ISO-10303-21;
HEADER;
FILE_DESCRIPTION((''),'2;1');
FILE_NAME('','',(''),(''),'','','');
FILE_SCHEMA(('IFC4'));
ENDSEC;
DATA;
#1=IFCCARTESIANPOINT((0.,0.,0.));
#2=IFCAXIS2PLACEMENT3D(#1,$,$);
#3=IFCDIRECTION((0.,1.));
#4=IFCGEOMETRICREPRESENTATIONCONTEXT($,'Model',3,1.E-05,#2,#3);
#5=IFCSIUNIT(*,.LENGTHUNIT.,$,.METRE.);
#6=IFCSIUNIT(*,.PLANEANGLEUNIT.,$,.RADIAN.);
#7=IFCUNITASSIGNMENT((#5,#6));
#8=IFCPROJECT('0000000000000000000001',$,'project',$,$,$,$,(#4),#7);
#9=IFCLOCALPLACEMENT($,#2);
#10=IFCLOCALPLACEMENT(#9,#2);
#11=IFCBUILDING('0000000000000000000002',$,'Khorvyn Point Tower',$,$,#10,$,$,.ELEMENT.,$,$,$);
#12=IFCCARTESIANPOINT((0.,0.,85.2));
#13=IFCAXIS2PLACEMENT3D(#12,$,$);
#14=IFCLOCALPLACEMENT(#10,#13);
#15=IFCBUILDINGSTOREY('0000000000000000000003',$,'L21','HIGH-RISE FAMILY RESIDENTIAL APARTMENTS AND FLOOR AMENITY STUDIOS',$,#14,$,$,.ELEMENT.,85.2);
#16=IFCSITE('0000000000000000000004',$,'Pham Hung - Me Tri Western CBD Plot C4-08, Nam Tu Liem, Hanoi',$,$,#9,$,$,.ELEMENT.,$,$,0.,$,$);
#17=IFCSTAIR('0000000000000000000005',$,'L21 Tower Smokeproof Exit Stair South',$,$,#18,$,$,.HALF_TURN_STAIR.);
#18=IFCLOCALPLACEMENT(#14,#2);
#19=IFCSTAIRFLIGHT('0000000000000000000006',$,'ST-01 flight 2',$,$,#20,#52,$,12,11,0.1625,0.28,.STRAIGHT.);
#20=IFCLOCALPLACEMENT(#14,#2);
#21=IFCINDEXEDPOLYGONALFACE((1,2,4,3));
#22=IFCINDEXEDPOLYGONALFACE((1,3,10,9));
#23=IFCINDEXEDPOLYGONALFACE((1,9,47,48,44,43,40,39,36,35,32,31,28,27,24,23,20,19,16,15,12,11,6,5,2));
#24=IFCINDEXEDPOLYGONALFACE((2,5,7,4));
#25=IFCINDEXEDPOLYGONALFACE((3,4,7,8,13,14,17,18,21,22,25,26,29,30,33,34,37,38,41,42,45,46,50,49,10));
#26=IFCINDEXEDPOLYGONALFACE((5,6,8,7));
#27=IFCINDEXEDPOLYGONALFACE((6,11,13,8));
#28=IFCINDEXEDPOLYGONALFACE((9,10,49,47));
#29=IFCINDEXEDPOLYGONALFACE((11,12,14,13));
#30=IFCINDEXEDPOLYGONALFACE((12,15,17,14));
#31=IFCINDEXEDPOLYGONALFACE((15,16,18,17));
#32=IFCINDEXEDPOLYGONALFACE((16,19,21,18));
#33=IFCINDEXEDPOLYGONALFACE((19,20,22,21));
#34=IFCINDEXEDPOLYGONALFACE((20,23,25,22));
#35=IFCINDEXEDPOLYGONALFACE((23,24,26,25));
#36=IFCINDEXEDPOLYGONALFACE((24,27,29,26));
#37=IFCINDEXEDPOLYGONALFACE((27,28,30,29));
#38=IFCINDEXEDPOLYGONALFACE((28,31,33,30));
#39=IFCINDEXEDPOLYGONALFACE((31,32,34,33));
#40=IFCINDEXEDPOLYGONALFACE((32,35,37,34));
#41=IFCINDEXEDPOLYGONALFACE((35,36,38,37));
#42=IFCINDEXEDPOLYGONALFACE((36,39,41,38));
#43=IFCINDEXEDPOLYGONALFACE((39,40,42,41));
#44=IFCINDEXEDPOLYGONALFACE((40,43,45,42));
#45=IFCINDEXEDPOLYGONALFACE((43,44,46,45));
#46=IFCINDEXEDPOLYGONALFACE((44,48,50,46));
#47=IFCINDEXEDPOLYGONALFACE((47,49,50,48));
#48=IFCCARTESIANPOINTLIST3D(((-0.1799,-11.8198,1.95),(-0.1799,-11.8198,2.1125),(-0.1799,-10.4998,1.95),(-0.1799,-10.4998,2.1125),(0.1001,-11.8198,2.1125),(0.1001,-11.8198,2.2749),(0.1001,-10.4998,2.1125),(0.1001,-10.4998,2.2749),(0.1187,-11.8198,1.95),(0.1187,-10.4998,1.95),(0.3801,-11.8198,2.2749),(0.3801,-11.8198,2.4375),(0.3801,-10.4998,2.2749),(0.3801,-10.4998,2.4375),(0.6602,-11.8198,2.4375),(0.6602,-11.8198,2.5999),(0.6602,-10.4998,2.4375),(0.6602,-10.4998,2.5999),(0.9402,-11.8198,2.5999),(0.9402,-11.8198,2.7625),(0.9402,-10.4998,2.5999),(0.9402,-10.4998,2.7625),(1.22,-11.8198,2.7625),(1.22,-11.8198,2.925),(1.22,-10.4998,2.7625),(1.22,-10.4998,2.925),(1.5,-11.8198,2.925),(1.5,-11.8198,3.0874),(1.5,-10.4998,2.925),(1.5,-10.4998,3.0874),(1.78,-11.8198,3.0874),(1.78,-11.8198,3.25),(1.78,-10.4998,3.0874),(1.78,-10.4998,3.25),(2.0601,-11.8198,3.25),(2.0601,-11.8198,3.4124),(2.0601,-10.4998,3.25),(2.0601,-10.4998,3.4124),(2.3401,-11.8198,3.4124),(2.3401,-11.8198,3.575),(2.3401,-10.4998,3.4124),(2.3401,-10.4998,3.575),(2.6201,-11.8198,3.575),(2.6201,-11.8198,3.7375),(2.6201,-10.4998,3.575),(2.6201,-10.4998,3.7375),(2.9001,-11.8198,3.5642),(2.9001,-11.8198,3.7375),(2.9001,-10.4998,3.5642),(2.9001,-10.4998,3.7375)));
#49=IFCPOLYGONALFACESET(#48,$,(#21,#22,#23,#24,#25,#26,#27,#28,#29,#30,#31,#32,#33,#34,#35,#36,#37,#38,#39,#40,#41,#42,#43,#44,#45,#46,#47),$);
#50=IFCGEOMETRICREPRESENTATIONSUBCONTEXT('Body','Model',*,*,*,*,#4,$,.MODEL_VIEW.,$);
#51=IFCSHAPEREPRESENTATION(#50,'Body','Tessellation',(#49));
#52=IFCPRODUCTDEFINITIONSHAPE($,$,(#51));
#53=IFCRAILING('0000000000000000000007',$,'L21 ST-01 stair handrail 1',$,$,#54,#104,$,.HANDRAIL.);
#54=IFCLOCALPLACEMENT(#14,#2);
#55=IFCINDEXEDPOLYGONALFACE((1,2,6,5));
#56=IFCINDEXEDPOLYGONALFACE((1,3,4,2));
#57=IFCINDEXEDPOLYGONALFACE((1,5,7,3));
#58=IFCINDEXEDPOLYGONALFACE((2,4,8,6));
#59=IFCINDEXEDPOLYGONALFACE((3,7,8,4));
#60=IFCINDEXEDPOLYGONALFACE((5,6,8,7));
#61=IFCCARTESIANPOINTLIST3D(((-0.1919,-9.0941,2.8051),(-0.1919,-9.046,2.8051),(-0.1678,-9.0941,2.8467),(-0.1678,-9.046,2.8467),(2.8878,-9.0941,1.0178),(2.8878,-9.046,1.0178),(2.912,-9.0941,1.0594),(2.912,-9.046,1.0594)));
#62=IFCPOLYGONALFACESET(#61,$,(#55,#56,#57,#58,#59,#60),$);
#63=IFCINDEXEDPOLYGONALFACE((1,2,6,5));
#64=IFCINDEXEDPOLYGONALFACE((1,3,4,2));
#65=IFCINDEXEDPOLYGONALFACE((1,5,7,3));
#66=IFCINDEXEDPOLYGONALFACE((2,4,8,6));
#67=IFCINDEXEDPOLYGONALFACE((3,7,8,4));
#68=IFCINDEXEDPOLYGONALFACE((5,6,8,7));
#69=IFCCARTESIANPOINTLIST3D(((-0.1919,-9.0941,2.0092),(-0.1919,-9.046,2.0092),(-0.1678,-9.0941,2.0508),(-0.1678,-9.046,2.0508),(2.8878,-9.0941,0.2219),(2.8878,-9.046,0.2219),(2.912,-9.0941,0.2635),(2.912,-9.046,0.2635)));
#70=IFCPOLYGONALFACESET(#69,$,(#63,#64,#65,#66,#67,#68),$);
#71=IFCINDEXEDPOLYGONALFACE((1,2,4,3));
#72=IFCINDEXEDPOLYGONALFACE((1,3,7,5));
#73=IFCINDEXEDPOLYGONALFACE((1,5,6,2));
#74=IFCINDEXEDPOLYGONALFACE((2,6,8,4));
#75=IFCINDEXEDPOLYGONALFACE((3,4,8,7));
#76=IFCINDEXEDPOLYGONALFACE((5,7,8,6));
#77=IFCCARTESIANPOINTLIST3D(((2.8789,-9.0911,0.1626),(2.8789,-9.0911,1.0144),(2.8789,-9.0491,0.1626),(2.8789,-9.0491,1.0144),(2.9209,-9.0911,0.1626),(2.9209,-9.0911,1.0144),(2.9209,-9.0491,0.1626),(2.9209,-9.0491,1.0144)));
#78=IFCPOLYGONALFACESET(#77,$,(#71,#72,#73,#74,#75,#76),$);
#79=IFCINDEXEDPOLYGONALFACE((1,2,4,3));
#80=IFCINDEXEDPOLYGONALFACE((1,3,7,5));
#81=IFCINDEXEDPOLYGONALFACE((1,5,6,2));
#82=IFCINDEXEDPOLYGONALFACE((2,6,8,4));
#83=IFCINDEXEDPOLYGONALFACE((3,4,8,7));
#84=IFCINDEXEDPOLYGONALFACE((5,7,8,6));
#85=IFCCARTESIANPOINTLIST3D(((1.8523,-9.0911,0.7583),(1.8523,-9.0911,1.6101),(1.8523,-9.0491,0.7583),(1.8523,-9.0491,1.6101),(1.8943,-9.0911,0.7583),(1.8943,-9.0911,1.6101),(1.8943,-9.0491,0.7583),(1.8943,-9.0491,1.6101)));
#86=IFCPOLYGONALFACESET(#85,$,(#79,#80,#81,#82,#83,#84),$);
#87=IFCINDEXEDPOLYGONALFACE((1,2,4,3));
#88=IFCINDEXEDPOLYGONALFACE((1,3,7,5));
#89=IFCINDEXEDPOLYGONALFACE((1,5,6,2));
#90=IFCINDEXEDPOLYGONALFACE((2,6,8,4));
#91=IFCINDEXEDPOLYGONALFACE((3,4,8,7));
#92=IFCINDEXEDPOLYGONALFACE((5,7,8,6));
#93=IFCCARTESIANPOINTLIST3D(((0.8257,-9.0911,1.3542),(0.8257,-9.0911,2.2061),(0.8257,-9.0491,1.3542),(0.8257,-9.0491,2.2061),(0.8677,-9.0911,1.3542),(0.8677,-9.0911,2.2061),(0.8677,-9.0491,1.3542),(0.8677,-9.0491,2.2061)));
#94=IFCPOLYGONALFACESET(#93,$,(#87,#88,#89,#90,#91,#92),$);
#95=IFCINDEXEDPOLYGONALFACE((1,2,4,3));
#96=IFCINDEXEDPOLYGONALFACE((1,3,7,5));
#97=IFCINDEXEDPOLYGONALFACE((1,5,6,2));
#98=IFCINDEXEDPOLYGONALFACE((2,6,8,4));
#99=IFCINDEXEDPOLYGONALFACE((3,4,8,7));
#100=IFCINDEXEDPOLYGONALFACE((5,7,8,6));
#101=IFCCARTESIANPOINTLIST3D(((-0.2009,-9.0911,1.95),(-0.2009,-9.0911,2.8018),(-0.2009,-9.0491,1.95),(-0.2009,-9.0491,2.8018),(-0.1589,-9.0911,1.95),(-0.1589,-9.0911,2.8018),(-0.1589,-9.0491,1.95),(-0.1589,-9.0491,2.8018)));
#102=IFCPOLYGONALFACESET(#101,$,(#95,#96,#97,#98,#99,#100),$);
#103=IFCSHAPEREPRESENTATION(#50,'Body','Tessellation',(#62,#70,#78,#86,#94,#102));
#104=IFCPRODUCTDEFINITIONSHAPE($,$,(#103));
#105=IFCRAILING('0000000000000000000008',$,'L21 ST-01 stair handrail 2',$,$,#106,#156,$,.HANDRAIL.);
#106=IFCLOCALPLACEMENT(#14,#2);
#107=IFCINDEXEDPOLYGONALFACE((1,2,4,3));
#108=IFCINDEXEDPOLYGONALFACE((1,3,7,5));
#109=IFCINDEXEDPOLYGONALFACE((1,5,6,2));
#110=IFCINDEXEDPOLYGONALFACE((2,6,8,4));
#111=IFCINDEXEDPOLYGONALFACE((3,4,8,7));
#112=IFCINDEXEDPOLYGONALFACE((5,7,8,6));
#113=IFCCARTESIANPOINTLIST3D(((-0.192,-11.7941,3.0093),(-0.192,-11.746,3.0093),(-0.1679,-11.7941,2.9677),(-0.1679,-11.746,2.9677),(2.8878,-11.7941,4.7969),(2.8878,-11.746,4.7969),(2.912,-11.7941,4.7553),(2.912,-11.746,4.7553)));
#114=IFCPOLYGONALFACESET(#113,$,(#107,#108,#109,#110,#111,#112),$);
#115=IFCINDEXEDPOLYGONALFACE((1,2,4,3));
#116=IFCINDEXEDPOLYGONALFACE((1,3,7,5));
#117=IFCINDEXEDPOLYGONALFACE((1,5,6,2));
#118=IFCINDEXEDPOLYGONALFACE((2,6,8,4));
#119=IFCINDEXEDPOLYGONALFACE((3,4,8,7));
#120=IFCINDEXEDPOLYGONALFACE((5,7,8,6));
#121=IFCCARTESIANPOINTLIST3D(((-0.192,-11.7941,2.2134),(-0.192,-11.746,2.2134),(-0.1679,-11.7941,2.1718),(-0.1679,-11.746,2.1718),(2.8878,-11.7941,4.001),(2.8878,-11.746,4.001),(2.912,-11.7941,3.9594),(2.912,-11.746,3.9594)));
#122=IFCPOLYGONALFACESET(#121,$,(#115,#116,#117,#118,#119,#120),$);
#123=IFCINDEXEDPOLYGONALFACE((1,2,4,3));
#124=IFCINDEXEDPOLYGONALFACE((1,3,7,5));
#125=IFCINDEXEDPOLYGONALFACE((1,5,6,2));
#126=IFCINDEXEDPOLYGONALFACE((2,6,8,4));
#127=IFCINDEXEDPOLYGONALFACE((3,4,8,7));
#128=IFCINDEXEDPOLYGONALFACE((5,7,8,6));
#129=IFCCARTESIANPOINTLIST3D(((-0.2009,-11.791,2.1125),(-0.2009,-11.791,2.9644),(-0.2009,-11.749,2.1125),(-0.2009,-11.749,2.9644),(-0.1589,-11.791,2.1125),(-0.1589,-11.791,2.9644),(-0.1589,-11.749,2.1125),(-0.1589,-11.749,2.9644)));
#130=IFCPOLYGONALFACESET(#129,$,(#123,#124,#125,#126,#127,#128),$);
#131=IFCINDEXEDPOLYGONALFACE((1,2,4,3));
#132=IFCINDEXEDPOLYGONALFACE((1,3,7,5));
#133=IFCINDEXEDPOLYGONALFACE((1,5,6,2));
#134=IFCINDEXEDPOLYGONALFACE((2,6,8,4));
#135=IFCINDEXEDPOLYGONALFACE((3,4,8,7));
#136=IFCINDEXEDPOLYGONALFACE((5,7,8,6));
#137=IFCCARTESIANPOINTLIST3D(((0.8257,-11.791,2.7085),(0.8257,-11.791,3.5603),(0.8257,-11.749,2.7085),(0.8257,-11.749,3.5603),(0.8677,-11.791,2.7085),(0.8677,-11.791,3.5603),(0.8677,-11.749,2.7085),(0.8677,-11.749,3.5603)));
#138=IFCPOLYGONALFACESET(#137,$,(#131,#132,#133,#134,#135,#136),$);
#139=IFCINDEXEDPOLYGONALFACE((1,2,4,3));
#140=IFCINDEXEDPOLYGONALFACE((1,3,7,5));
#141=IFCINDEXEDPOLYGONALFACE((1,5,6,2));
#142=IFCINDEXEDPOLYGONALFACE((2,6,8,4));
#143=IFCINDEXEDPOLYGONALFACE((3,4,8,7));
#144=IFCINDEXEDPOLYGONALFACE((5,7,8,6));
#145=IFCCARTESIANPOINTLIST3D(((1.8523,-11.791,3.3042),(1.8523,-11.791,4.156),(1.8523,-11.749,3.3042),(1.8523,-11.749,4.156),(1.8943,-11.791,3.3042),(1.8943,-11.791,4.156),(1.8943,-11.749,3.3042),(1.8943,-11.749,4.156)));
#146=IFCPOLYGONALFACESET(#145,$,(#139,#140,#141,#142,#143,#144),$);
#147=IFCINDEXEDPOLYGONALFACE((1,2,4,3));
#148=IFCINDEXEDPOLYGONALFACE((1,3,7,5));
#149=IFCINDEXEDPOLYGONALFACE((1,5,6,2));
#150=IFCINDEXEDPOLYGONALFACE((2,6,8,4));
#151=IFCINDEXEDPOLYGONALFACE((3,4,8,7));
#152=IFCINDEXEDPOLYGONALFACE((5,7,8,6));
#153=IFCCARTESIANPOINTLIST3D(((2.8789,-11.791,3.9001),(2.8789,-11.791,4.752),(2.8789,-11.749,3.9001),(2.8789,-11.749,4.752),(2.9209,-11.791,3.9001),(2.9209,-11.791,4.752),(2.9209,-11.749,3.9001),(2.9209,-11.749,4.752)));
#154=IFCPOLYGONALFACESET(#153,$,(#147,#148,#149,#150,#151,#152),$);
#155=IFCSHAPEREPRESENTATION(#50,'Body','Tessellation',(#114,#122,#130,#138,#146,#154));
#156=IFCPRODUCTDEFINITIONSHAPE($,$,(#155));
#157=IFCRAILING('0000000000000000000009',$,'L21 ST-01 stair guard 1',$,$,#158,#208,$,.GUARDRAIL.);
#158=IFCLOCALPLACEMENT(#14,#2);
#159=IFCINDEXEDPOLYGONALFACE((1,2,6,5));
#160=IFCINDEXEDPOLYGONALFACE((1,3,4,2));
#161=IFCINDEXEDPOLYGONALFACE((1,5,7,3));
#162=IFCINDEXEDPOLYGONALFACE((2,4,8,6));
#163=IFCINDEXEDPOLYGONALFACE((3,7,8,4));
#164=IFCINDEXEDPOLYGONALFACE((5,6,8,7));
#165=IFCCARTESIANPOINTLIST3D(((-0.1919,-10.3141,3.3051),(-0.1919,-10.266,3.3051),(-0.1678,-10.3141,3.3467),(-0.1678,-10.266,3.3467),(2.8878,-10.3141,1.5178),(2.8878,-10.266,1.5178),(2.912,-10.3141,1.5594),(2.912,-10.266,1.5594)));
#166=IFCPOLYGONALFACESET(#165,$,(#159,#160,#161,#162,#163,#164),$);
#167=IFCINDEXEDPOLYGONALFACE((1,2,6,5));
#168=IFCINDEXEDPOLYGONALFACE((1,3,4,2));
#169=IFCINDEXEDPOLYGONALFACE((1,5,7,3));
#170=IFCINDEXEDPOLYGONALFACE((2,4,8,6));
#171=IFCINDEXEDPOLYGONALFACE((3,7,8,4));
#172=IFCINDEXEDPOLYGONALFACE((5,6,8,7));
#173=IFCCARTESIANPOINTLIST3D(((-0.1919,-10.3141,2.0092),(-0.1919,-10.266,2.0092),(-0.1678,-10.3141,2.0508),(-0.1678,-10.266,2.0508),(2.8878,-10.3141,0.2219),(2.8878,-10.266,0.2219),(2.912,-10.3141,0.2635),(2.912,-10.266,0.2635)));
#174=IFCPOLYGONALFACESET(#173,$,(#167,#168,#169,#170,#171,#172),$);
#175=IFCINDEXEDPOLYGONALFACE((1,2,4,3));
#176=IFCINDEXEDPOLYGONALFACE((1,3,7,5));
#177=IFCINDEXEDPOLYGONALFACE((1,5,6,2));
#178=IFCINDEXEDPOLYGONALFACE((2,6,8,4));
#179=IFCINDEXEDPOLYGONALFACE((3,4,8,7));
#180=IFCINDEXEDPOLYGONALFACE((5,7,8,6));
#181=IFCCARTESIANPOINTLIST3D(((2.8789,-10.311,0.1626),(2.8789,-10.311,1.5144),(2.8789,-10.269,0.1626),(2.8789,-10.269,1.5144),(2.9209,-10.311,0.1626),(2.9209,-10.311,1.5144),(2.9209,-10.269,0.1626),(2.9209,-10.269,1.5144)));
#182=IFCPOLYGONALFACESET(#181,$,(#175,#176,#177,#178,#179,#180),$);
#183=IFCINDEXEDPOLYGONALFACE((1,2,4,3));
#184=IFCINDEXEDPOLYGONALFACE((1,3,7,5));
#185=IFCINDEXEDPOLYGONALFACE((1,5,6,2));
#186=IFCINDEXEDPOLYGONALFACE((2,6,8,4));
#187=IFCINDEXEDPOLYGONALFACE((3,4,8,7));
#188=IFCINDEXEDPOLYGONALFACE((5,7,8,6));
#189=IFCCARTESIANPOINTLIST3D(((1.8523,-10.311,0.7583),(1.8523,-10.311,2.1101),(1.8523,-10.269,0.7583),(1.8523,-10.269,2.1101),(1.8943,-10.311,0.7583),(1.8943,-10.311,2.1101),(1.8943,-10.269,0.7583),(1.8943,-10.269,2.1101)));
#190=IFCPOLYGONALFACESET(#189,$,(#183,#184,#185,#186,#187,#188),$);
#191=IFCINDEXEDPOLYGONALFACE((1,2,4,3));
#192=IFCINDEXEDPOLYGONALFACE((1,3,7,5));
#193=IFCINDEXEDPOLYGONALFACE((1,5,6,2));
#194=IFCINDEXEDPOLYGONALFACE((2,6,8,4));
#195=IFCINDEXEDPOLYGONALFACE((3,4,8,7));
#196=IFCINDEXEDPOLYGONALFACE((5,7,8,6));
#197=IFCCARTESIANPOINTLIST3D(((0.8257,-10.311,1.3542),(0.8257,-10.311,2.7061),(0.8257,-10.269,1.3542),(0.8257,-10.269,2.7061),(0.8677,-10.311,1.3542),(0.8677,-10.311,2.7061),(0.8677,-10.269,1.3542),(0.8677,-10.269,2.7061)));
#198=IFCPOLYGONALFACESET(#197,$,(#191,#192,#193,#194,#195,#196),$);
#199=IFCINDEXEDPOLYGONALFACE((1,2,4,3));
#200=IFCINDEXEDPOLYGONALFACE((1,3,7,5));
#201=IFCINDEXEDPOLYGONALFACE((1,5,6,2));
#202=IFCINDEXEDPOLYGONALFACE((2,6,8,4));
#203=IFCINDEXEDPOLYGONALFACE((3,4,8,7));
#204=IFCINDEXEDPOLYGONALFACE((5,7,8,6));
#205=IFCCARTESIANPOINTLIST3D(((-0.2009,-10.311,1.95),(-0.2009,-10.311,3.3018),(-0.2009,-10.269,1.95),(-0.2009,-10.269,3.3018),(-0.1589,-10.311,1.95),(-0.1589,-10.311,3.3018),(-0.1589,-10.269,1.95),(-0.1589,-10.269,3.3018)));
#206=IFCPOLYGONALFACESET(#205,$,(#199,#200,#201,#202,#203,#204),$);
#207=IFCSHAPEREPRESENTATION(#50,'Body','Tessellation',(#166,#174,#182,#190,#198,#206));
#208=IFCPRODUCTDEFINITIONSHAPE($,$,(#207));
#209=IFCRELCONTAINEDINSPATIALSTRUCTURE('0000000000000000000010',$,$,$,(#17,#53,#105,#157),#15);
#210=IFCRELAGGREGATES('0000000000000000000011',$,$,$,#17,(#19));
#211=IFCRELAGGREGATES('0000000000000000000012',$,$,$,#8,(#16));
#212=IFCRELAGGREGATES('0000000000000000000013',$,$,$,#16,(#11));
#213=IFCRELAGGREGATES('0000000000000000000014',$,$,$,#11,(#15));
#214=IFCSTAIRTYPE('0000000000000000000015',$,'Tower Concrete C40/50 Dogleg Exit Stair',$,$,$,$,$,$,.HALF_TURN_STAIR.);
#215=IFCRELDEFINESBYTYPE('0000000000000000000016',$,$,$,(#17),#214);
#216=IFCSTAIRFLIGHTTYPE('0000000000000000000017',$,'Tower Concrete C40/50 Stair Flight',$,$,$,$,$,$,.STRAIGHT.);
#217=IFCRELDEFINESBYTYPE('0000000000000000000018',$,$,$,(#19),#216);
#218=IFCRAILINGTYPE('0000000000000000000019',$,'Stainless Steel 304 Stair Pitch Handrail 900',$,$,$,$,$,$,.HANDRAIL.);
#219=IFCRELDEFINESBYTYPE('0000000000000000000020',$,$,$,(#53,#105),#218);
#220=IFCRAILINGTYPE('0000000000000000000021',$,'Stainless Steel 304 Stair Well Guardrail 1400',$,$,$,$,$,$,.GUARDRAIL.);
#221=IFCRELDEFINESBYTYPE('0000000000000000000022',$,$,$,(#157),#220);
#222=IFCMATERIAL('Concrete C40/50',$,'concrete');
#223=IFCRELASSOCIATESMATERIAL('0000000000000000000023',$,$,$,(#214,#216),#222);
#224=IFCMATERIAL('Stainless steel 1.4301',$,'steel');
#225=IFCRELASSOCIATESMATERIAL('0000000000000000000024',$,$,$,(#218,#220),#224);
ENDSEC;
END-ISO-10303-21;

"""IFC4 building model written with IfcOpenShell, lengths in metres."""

from ifc_helpers import new_model, si_unit, direction, frame, origin, origin_2d, place, context, subcontext, project, spatial, polyline, rectangle, outline, extrude, material, type_object, element, aggregate, save


model = new_model("IFC4")

# Units and contexts
model_context = context("Model", 3, precision=1e-05, world=origin(), true_north=direction((0.0, 1.0)))
body_context = subcontext(model_context, "Body", "Model", "MODEL_VIEW")
ifc_project = project(units=[si_unit("LENGTHUNIT", "METRE"), si_unit("PLANEANGLEUNIT", "RADIAN")], contexts=[model_context])

# Site, building, storey
site_placement = place(None, origin())
site = spatial("IfcSite", under=ifc_project, at=site_placement, Name="Pham Hung - Me Tri Western CBD Plot C4-08, Nam Tu Liem, Hanoi", CompositionType="ELEMENT", RefElevation=0.0)
building_placement = place(site_placement, origin())
building = spatial("IfcBuilding", under=site, at=building_placement, Name="Khorvyn Point Tower", CompositionType="ELEMENT")
storey_placement = place(building_placement, frame((0.0, 0.0, 85.2)))
storey = spatial("IfcBuildingStorey", under=building, at=storey_placement, Name="L21", Description="HIGH-RISE FAMILY RESIDENTIAL APARTMENTS AND FLOOR AMENITY STUDIOS", CompositionType="ELEMENT", Elevation=85.2)

# Shared definitions
ifc_material_1 = material(Name="Concrete C40/50", Category="concrete")

# Stair, stair flight
stair_type = type_object("IfcStairType", Name="Tower Concrete C40/50 Dogleg Exit Stair", PredefinedType="HALF_TURN_STAIR", material=ifc_material_1)
stair_placement = place(storey_placement, origin())
stair = element("IfcStair", 1, at=stair_placement, inside=storey, type_object=stair_type, Name="L21 Tower Smokeproof Exit Stair South", PredefinedType="HALF_TURN_STAIR")
stair_flight_type = type_object("IfcStairFlightType", Name="Tower Concrete C40/50 Stair Flight", PredefinedType="STRAIGHT", material=ifc_material_1)
stair_flight_1_placement = place(storey_placement, frame((-0.1799, -11.1599, 1.95), z_axis=(0.0, 0.0, 1.0), x_axis=(1.0, 0.0, 0.0)))
stair_flight_1 = element("IfcStairFlight", 2, at=stair_flight_1_placement, type_object=stair_flight_type, Name="ST-01 flight 2", NumberOfRisers=12, NumberOfTreads=11, PredefinedType="STRAIGHT", RiserHeight=0.1625, TreadLength=0.28, context=body_context, shape_type="SweptSolid", body=[
    extrude(outline(polyline([(0.0, 0.0), (0.0, 0.1626), (0.28, 0.1626), (0.28, 0.325), (0.5601, 0.325), (0.5601, 0.4875), (0.8401, 0.4875), (0.8401, 0.6499), (1.1201, 0.6499), (1.1201, 0.8125), (1.3999, 0.8125), (1.3999, 0.9751), (1.6799, 0.9751), (1.6799, 1.1375), (1.96, 1.1375), (1.96, 1.3), (2.24, 1.3), (2.24, 1.4624), (2.52, 1.4624), (2.52, 1.625), (2.8, 1.625), (2.8, 1.7876), (3.0801, 1.7876), (3.0801, 1.95), (3.0801, 1.6143), (0.2986, 0.0), (0.0, 0.0)])), frame((0.0, 0.6602, 0.0), z_axis=(0.0, -1.0, 0.0), x_axis=(1.0, 0.0, 0.0)), (0.0, 0.0, 1.0), 1.3201),
])
aggregate(stair, [stair_flight_1])

# Railings
ifc_material_2 = material(Name="Stainless steel 1.4301", Category="steel")
railing_type_1 = type_object("IfcRailingType", Name="Stainless Steel 304 Stair Pitch Handrail 900", PredefinedType="HANDRAIL", material=ifc_material_2)
railing_1_placement = place(storey_placement, frame((2.8999, -9.0701, 0.1626)))
element("IfcRailing", 3, at=railing_1_placement, inside=storey, type_object=railing_type_1, Name="L21 ST-01 stair handrail 1", PredefinedType="HANDRAIL", context=body_context, shape_type="SweptSolid", body=[
    extrude(rectangle(XDim=0.0481, YDim=0.0481, at=origin_2d()), frame((0.0, 0.0, 0.876), z_axis=(-0.864903, 0.0, 0.501939), x_axis=(0.0, -1.0, 0.0)), (0.0, 0.0, 1.0), 3.5608),
    extrude(rectangle(XDim=0.0481, YDim=0.0481, at=origin_2d()), frame((0.0, 0.0, 0.0801), z_axis=(-0.864903, 0.0, 0.501939), x_axis=(0.0, -1.0, 0.0)), (0.0, 0.0, 1.0), 3.5608),
    extrude(rectangle(XDim=0.042, YDim=0.042, at=origin_2d()), origin(), (0.0, 0.0, 1.0), 0.8518),
    extrude(rectangle(XDim=0.042, YDim=0.042, at=origin_2d()), frame((-1.0266, 0.0, 0.5957)), (0.0, 0.0, 1.0), 0.8518),
    extrude(rectangle(XDim=0.042, YDim=0.042, at=origin_2d()), frame((-2.0532, 0.0, 1.1917)), (0.0, 0.0, 1.0), 0.8518),
    extrude(rectangle(XDim=0.042, YDim=0.042, at=origin_2d()), frame((-3.0798, 0.0, 1.7874)), (0.0, 0.0, 1.0), 0.8518),
])
railing_2_placement = place(storey_placement, frame((-0.1799, -11.77, 2.1125)))
element("IfcRailing", 4, at=railing_2_placement, inside=storey, type_object=railing_type_1, Name="L21 ST-01 stair handrail 2", PredefinedType="HANDRAIL", context=body_context, shape_type="SweptSolid", body=[
    extrude(rectangle(XDim=0.0481, YDim=0.0481, at=origin_2d()), frame((0.0, 0.0, 0.876), z_axis=(0.864873, 0.0, 0.50199), x_axis=(0.0, 1.0, 0.0)), (0.0, 0.0, 1.0), 3.561),
    extrude(rectangle(XDim=0.0481, YDim=0.0481, at=origin_2d()), frame((0.0, 0.0, 0.0801), z_axis=(0.864873, 0.0, 0.50199), x_axis=(0.0, 1.0, 0.0)), (0.0, 0.0, 1.0), 3.561),
    extrude(rectangle(XDim=0.042, YDim=0.042, at=origin_2d()), origin(), (0.0, 0.0, 1.0), 0.8518),
    extrude(rectangle(XDim=0.042, YDim=0.042, at=origin_2d()), frame((1.0266, 0.0, 0.5959)), (0.0, 0.0, 1.0), 0.8518),
    extrude(rectangle(XDim=0.042, YDim=0.042, at=origin_2d()), frame((2.0532, 0.0, 1.1917)), (0.0, 0.0, 1.0), 0.8518),
    extrude(rectangle(XDim=0.042, YDim=0.042, at=origin_2d()), frame((3.0798, 0.0, 1.7876)), (0.0, 0.0, 1.0), 0.8518),
])
railing_type_2 = type_object("IfcRailingType", Name="Stainless Steel 304 Stair Well Guardrail 1400", PredefinedType="GUARDRAIL", material=ifc_material_2)
railing_3_placement = place(storey_placement, frame((2.8999, -10.29, 0.1626)))
element("IfcRailing", 5, at=railing_3_placement, inside=storey, type_object=railing_type_2, Name="L21 ST-01 stair guard 1", PredefinedType="GUARDRAIL", context=body_context, shape_type="SweptSolid", body=[
    extrude(rectangle(XDim=0.0481, YDim=0.0481, at=origin_2d()), frame((0.0, 0.0, 1.376), z_axis=(-0.864903, 0.0, 0.501939), x_axis=(0.0, -1.0, 0.0)), (0.0, 0.0, 1.0), 3.5608),
    extrude(rectangle(XDim=0.0481, YDim=0.0481, at=origin_2d()), frame((0.0, 0.0, 0.0801), z_axis=(-0.864903, 0.0, 0.501939), x_axis=(0.0, -1.0, 0.0)), (0.0, 0.0, 1.0), 3.5608),
    extrude(rectangle(XDim=0.042, YDim=0.042, at=origin_2d()), origin(), (0.0, 0.0, 1.0), 1.3518),
    extrude(rectangle(XDim=0.042, YDim=0.042, at=origin_2d()), frame((-1.0266, 0.0, 0.5957)), (0.0, 0.0, 1.0), 1.3518),
    extrude(rectangle(XDim=0.042, YDim=0.042, at=origin_2d()), frame((-2.0532, 0.0, 1.1917)), (0.0, 0.0, 1.0), 1.3518),
    extrude(rectangle(XDim=0.042, YDim=0.042, at=origin_2d()), frame((-3.0798, 0.0, 1.7874)), (0.0, 0.0, 1.0), 1.3518),
])

save(model, "model.ifc")
